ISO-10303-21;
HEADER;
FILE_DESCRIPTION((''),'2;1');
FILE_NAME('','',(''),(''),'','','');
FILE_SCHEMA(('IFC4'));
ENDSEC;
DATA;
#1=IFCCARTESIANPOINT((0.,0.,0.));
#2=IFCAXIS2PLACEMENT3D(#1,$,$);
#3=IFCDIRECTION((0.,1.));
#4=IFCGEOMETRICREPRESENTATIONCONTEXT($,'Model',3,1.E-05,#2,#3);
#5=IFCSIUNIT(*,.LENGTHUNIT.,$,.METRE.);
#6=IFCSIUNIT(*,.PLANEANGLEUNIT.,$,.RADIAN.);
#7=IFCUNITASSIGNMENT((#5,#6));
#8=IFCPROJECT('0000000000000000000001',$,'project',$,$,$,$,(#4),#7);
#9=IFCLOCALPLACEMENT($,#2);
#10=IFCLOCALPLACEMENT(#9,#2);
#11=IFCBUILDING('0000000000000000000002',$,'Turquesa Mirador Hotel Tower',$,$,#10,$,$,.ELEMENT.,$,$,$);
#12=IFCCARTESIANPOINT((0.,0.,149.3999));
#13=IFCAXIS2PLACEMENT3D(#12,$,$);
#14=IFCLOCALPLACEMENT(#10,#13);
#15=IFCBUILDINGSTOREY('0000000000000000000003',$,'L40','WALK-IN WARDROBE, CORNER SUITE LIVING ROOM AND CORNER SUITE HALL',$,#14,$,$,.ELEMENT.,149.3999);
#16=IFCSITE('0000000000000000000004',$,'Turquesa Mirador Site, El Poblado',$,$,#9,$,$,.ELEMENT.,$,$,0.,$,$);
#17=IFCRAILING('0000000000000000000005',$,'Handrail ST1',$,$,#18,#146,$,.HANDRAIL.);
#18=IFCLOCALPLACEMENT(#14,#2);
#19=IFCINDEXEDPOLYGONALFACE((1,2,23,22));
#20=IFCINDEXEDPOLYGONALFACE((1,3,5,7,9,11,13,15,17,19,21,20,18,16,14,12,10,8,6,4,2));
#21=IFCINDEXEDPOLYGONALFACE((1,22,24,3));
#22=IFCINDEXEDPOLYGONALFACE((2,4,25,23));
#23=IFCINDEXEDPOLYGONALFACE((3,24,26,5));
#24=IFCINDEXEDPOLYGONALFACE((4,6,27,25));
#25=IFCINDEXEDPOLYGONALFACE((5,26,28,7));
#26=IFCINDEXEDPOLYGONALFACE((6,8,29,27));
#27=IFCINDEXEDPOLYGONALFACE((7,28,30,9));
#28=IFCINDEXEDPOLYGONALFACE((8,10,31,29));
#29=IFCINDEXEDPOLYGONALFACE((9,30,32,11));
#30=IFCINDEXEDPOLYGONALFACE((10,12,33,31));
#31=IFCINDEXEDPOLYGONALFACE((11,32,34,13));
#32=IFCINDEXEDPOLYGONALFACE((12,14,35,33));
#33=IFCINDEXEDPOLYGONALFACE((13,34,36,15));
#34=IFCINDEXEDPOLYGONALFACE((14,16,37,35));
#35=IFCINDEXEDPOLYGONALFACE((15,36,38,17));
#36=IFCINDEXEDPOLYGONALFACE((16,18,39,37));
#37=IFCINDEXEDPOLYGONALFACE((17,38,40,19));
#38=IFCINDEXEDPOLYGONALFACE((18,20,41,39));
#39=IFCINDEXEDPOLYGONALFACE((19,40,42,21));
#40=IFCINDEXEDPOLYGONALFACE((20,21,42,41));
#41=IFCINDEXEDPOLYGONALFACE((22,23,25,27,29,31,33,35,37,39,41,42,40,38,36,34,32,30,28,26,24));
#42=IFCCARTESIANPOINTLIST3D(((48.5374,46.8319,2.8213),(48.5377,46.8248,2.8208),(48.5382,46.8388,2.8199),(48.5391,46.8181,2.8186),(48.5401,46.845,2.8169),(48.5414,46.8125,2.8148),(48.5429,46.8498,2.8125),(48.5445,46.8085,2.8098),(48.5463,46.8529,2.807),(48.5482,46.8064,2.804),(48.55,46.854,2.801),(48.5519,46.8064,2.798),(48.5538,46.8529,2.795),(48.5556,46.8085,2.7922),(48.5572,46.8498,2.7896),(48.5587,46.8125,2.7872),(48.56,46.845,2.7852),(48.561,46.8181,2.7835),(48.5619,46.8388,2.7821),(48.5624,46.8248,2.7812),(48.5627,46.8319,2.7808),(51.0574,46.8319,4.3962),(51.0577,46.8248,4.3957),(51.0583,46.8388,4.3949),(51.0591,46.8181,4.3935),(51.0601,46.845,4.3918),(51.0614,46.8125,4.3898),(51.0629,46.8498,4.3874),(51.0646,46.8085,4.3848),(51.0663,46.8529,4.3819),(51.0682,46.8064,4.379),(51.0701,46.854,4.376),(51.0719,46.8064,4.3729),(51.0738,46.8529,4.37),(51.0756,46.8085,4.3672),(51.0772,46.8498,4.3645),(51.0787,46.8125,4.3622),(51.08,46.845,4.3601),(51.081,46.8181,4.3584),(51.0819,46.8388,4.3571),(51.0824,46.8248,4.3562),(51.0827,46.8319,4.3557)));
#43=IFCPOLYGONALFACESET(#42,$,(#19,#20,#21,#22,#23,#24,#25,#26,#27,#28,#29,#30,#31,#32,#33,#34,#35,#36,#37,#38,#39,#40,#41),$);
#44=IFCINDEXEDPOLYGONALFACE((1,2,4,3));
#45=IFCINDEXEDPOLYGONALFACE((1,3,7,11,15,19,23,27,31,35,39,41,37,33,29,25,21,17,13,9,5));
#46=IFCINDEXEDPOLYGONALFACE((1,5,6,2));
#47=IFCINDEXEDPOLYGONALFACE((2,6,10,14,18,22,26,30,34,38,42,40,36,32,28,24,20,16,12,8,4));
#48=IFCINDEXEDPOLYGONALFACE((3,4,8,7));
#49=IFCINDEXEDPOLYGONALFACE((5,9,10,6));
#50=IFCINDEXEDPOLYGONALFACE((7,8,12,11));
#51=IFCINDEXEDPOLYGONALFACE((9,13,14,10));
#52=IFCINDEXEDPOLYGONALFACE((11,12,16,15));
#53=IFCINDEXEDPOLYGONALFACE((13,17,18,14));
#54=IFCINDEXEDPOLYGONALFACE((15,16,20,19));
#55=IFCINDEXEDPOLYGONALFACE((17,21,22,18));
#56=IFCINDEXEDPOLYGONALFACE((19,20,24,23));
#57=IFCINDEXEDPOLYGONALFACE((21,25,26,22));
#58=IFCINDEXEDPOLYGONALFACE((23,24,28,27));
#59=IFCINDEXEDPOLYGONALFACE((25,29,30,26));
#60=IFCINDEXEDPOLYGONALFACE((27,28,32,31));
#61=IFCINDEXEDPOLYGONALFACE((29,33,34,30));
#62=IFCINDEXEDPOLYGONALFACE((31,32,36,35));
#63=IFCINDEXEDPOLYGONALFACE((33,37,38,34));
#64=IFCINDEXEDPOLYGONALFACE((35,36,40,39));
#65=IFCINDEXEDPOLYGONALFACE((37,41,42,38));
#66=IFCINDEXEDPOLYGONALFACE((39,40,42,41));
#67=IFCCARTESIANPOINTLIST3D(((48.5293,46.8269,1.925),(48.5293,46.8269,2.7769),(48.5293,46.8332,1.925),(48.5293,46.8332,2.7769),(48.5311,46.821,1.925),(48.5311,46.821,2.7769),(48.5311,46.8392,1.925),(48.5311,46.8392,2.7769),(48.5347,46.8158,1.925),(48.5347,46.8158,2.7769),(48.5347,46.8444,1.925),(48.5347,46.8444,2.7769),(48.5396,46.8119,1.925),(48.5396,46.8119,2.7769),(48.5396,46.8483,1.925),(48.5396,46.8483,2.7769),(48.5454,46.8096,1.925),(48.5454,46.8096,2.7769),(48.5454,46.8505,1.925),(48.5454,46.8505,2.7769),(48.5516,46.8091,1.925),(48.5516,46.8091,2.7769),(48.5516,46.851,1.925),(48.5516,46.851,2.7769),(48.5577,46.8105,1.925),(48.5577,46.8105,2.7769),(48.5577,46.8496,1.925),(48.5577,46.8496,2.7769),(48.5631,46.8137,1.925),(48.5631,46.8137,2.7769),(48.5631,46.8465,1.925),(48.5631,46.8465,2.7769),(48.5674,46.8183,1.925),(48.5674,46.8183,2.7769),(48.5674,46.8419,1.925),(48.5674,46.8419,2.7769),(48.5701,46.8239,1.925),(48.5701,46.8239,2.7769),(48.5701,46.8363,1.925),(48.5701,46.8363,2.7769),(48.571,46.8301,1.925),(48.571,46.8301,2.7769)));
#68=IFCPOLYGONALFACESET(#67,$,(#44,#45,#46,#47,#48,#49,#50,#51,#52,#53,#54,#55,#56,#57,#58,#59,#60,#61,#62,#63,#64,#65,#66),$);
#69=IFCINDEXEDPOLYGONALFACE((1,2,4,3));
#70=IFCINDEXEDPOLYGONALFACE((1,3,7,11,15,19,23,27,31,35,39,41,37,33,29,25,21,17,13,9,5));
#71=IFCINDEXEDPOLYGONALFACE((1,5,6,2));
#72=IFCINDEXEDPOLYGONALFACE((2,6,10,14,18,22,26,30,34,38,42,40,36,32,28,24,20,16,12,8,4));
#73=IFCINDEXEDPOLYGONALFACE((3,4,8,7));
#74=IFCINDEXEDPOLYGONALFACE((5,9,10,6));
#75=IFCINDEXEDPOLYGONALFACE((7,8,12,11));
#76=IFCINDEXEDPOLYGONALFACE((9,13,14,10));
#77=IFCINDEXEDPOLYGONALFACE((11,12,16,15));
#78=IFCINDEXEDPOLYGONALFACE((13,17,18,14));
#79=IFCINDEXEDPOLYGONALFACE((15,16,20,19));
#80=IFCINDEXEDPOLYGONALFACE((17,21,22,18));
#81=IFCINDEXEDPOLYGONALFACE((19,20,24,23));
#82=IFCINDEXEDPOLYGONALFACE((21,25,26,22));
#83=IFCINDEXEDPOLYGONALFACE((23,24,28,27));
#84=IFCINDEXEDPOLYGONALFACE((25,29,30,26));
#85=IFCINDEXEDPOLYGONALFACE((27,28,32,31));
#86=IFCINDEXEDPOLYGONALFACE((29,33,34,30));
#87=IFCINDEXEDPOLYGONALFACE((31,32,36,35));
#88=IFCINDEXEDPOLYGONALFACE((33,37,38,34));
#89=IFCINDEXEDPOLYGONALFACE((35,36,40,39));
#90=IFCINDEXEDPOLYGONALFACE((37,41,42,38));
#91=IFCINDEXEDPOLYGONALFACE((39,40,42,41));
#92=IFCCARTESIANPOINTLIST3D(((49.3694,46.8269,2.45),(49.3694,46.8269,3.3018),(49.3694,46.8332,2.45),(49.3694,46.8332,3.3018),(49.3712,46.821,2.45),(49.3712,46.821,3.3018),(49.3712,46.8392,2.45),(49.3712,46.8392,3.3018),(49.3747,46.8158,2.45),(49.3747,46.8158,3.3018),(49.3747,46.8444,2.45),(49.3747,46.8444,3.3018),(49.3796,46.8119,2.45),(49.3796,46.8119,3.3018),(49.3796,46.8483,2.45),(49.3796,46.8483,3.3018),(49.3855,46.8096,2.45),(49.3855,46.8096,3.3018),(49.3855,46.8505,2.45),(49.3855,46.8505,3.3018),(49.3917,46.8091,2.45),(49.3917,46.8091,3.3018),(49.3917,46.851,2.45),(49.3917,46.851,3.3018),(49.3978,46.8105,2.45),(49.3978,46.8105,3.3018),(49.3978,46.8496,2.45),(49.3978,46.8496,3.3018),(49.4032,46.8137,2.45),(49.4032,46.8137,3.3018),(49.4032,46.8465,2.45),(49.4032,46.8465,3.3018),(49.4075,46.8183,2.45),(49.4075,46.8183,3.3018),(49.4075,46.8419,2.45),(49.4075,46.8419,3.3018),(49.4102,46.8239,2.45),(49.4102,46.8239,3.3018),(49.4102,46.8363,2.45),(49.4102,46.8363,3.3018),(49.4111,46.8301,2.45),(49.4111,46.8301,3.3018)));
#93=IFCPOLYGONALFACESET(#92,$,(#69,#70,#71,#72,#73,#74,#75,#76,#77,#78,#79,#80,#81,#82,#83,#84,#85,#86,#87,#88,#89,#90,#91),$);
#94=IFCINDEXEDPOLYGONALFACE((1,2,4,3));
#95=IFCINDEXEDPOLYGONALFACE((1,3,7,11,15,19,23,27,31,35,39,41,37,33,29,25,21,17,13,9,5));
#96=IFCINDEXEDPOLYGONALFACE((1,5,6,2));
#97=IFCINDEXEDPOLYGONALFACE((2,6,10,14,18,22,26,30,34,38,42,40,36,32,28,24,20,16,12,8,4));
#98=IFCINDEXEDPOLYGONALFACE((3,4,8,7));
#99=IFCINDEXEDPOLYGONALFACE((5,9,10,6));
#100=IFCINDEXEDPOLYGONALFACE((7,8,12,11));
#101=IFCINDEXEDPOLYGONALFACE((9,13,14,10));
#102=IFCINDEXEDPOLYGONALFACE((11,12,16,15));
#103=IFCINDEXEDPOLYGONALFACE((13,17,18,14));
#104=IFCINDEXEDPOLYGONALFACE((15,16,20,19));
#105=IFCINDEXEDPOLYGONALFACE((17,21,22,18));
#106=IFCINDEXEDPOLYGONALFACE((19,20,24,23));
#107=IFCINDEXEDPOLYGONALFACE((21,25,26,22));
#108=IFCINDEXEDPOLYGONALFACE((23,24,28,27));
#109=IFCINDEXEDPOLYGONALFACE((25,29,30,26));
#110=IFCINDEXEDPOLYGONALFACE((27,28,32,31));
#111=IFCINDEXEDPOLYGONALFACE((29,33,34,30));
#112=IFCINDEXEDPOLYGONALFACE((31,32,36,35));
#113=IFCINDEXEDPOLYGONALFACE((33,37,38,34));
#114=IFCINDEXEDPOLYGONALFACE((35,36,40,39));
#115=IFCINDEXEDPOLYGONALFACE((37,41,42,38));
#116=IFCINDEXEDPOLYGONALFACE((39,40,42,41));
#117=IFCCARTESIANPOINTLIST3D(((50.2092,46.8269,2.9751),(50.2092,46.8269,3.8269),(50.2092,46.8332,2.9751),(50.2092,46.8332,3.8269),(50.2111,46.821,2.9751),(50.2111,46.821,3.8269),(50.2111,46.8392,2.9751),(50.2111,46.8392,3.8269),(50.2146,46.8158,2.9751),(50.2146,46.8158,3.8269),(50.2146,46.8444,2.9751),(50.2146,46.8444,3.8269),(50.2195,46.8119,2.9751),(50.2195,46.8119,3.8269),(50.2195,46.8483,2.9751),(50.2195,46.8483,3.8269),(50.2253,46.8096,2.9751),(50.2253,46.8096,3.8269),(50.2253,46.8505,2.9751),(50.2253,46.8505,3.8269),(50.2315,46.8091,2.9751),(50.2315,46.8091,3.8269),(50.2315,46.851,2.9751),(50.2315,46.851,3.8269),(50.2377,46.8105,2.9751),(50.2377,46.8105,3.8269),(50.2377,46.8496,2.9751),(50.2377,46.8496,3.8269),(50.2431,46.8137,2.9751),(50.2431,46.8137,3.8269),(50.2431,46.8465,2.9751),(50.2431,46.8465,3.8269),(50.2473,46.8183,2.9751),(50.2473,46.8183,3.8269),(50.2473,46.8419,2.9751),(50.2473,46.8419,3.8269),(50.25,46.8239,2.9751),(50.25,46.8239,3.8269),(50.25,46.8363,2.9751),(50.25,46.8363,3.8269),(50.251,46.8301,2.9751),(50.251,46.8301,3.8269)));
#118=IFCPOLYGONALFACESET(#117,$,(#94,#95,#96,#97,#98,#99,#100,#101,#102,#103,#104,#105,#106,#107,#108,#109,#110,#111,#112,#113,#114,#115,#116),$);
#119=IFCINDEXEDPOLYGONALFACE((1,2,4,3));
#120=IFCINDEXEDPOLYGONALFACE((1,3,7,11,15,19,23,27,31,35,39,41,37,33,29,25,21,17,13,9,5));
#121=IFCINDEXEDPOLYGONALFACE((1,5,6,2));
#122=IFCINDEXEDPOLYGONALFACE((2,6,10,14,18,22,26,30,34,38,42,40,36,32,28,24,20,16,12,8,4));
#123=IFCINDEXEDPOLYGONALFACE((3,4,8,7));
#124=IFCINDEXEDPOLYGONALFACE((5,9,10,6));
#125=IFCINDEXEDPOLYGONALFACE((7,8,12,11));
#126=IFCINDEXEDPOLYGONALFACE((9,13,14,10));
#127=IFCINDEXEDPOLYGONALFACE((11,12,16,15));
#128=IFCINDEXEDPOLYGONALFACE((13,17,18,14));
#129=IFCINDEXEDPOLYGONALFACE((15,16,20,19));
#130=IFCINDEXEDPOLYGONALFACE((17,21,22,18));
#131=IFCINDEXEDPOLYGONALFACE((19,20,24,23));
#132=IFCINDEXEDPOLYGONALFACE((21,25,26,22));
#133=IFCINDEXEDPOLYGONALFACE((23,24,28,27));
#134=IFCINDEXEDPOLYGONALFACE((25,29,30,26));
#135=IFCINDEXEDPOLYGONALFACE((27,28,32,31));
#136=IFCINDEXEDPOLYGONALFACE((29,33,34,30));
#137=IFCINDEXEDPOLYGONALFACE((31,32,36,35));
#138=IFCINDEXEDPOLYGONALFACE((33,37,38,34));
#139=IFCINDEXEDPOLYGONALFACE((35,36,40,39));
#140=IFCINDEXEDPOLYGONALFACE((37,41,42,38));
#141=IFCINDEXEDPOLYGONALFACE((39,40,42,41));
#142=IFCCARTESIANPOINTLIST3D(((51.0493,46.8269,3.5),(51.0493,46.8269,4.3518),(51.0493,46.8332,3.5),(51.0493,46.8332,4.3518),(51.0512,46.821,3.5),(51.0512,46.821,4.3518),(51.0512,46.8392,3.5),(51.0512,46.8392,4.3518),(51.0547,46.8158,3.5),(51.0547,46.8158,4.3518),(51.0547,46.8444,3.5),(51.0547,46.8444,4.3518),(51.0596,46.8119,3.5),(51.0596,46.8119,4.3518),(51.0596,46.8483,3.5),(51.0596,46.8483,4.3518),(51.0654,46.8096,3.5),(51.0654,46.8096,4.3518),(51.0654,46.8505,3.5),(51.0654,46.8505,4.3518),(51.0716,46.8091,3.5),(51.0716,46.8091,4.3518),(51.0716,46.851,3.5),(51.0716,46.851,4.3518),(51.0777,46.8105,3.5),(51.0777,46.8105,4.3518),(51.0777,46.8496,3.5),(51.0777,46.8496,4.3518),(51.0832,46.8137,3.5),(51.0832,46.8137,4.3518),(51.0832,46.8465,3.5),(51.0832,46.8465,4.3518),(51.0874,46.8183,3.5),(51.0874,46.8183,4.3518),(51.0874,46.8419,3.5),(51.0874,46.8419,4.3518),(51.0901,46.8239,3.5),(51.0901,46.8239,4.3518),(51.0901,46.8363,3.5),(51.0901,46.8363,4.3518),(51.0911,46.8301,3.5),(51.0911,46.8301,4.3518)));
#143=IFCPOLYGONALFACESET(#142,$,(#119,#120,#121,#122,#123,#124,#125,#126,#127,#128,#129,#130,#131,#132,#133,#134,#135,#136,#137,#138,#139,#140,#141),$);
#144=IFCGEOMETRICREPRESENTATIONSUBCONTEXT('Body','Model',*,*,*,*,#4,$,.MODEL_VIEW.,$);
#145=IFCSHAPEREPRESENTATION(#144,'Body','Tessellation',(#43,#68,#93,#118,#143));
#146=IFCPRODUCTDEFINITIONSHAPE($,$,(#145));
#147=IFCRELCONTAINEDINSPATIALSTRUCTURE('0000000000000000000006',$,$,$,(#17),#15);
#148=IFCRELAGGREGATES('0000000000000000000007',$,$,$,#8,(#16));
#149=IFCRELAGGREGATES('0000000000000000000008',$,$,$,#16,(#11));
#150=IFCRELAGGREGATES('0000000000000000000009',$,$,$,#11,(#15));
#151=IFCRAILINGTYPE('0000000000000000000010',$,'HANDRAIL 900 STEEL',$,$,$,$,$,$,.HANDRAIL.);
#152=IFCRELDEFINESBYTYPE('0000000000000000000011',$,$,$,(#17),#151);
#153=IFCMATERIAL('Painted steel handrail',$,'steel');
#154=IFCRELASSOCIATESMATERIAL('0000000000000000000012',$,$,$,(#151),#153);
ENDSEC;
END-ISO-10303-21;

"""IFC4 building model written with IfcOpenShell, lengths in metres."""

from ifc_helpers import new_model, si_unit, direction, frame, origin, origin_2d, place, context, subcontext, project, spatial, circle, extrude, material, type_object, element, save


model = new_model("IFC4")

# Units and contexts
model_context = context("Model", 3, precision=1e-05, world=origin(), true_north=direction((0.0, 1.0)))
body_context = subcontext(model_context, "Body", "Model", "MODEL_VIEW")
ifc_project = project(units=[si_unit("LENGTHUNIT", "METRE"), si_unit("PLANEANGLEUNIT", "RADIAN")], contexts=[model_context])

# Site, building, storey
site_placement = place(None, origin())
site = spatial("IfcSite", under=ifc_project, at=site_placement, Name="Turquesa Mirador Site, El Poblado", CompositionType="ELEMENT", RefElevation=0.0)
building_placement = place(site_placement, origin())
building = spatial("IfcBuilding", under=site, at=building_placement, Name="Turquesa Mirador Hotel Tower", CompositionType="ELEMENT")
storey_placement = place(building_placement, frame((0.0, 0.0, 149.3999)))
storey = spatial("IfcBuildingStorey", under=building, at=storey_placement, Name="L40", Description="WALK-IN WARDROBE, CORNER SUITE LIVING ROOM AND CORNER SUITE HALL", CompositionType="ELEMENT", Elevation=149.3999)

# Railing
ifc_material_1 = material(Name="Painted steel handrail", Category="steel")
railing_type = type_object("IfcRailingType", Name="HANDRAIL 900 STEEL", PredefinedType="HANDRAIL", material=ifc_material_1)
railing_1_placement = place(storey_placement, frame((48.55, 46.8301, 1.925)))
element("IfcRailing", 1, at=railing_1_placement, inside=storey, type_object=railing_type, Name="Handrail ST1", PredefinedType="HANDRAIL", context=body_context, shape_type="SweptSolid", body=[
    extrude(circle(Radius=0.0239, at=origin_2d()), frame((0.0, 0.0, 0.876), z_axis=(0.848008, 0.0, 0.529984), x_axis=(0.0, 1.0, 0.0)), (0.0, 0.0, 1.0), 2.9717),
    extrude(circle(Radius=0.021, at=origin_2d()), origin(), (0.0, 0.0, 1.0), 0.8518),
    extrude(circle(Radius=0.021, at=origin_2d()), frame((0.8401, 0.0, 0.5249)), (0.0, 0.0, 1.0), 0.8518),
    extrude(circle(Radius=0.021, at=origin_2d()), frame((1.6799, 0.0, 1.05)), (0.0, 0.0, 1.0), 0.8518),
    extrude(circle(Radius=0.021, at=origin_2d()), frame((2.52, 0.0, 1.575)), (0.0, 0.0, 1.0), 0.8518),
])

save(model, "model.ifc")
